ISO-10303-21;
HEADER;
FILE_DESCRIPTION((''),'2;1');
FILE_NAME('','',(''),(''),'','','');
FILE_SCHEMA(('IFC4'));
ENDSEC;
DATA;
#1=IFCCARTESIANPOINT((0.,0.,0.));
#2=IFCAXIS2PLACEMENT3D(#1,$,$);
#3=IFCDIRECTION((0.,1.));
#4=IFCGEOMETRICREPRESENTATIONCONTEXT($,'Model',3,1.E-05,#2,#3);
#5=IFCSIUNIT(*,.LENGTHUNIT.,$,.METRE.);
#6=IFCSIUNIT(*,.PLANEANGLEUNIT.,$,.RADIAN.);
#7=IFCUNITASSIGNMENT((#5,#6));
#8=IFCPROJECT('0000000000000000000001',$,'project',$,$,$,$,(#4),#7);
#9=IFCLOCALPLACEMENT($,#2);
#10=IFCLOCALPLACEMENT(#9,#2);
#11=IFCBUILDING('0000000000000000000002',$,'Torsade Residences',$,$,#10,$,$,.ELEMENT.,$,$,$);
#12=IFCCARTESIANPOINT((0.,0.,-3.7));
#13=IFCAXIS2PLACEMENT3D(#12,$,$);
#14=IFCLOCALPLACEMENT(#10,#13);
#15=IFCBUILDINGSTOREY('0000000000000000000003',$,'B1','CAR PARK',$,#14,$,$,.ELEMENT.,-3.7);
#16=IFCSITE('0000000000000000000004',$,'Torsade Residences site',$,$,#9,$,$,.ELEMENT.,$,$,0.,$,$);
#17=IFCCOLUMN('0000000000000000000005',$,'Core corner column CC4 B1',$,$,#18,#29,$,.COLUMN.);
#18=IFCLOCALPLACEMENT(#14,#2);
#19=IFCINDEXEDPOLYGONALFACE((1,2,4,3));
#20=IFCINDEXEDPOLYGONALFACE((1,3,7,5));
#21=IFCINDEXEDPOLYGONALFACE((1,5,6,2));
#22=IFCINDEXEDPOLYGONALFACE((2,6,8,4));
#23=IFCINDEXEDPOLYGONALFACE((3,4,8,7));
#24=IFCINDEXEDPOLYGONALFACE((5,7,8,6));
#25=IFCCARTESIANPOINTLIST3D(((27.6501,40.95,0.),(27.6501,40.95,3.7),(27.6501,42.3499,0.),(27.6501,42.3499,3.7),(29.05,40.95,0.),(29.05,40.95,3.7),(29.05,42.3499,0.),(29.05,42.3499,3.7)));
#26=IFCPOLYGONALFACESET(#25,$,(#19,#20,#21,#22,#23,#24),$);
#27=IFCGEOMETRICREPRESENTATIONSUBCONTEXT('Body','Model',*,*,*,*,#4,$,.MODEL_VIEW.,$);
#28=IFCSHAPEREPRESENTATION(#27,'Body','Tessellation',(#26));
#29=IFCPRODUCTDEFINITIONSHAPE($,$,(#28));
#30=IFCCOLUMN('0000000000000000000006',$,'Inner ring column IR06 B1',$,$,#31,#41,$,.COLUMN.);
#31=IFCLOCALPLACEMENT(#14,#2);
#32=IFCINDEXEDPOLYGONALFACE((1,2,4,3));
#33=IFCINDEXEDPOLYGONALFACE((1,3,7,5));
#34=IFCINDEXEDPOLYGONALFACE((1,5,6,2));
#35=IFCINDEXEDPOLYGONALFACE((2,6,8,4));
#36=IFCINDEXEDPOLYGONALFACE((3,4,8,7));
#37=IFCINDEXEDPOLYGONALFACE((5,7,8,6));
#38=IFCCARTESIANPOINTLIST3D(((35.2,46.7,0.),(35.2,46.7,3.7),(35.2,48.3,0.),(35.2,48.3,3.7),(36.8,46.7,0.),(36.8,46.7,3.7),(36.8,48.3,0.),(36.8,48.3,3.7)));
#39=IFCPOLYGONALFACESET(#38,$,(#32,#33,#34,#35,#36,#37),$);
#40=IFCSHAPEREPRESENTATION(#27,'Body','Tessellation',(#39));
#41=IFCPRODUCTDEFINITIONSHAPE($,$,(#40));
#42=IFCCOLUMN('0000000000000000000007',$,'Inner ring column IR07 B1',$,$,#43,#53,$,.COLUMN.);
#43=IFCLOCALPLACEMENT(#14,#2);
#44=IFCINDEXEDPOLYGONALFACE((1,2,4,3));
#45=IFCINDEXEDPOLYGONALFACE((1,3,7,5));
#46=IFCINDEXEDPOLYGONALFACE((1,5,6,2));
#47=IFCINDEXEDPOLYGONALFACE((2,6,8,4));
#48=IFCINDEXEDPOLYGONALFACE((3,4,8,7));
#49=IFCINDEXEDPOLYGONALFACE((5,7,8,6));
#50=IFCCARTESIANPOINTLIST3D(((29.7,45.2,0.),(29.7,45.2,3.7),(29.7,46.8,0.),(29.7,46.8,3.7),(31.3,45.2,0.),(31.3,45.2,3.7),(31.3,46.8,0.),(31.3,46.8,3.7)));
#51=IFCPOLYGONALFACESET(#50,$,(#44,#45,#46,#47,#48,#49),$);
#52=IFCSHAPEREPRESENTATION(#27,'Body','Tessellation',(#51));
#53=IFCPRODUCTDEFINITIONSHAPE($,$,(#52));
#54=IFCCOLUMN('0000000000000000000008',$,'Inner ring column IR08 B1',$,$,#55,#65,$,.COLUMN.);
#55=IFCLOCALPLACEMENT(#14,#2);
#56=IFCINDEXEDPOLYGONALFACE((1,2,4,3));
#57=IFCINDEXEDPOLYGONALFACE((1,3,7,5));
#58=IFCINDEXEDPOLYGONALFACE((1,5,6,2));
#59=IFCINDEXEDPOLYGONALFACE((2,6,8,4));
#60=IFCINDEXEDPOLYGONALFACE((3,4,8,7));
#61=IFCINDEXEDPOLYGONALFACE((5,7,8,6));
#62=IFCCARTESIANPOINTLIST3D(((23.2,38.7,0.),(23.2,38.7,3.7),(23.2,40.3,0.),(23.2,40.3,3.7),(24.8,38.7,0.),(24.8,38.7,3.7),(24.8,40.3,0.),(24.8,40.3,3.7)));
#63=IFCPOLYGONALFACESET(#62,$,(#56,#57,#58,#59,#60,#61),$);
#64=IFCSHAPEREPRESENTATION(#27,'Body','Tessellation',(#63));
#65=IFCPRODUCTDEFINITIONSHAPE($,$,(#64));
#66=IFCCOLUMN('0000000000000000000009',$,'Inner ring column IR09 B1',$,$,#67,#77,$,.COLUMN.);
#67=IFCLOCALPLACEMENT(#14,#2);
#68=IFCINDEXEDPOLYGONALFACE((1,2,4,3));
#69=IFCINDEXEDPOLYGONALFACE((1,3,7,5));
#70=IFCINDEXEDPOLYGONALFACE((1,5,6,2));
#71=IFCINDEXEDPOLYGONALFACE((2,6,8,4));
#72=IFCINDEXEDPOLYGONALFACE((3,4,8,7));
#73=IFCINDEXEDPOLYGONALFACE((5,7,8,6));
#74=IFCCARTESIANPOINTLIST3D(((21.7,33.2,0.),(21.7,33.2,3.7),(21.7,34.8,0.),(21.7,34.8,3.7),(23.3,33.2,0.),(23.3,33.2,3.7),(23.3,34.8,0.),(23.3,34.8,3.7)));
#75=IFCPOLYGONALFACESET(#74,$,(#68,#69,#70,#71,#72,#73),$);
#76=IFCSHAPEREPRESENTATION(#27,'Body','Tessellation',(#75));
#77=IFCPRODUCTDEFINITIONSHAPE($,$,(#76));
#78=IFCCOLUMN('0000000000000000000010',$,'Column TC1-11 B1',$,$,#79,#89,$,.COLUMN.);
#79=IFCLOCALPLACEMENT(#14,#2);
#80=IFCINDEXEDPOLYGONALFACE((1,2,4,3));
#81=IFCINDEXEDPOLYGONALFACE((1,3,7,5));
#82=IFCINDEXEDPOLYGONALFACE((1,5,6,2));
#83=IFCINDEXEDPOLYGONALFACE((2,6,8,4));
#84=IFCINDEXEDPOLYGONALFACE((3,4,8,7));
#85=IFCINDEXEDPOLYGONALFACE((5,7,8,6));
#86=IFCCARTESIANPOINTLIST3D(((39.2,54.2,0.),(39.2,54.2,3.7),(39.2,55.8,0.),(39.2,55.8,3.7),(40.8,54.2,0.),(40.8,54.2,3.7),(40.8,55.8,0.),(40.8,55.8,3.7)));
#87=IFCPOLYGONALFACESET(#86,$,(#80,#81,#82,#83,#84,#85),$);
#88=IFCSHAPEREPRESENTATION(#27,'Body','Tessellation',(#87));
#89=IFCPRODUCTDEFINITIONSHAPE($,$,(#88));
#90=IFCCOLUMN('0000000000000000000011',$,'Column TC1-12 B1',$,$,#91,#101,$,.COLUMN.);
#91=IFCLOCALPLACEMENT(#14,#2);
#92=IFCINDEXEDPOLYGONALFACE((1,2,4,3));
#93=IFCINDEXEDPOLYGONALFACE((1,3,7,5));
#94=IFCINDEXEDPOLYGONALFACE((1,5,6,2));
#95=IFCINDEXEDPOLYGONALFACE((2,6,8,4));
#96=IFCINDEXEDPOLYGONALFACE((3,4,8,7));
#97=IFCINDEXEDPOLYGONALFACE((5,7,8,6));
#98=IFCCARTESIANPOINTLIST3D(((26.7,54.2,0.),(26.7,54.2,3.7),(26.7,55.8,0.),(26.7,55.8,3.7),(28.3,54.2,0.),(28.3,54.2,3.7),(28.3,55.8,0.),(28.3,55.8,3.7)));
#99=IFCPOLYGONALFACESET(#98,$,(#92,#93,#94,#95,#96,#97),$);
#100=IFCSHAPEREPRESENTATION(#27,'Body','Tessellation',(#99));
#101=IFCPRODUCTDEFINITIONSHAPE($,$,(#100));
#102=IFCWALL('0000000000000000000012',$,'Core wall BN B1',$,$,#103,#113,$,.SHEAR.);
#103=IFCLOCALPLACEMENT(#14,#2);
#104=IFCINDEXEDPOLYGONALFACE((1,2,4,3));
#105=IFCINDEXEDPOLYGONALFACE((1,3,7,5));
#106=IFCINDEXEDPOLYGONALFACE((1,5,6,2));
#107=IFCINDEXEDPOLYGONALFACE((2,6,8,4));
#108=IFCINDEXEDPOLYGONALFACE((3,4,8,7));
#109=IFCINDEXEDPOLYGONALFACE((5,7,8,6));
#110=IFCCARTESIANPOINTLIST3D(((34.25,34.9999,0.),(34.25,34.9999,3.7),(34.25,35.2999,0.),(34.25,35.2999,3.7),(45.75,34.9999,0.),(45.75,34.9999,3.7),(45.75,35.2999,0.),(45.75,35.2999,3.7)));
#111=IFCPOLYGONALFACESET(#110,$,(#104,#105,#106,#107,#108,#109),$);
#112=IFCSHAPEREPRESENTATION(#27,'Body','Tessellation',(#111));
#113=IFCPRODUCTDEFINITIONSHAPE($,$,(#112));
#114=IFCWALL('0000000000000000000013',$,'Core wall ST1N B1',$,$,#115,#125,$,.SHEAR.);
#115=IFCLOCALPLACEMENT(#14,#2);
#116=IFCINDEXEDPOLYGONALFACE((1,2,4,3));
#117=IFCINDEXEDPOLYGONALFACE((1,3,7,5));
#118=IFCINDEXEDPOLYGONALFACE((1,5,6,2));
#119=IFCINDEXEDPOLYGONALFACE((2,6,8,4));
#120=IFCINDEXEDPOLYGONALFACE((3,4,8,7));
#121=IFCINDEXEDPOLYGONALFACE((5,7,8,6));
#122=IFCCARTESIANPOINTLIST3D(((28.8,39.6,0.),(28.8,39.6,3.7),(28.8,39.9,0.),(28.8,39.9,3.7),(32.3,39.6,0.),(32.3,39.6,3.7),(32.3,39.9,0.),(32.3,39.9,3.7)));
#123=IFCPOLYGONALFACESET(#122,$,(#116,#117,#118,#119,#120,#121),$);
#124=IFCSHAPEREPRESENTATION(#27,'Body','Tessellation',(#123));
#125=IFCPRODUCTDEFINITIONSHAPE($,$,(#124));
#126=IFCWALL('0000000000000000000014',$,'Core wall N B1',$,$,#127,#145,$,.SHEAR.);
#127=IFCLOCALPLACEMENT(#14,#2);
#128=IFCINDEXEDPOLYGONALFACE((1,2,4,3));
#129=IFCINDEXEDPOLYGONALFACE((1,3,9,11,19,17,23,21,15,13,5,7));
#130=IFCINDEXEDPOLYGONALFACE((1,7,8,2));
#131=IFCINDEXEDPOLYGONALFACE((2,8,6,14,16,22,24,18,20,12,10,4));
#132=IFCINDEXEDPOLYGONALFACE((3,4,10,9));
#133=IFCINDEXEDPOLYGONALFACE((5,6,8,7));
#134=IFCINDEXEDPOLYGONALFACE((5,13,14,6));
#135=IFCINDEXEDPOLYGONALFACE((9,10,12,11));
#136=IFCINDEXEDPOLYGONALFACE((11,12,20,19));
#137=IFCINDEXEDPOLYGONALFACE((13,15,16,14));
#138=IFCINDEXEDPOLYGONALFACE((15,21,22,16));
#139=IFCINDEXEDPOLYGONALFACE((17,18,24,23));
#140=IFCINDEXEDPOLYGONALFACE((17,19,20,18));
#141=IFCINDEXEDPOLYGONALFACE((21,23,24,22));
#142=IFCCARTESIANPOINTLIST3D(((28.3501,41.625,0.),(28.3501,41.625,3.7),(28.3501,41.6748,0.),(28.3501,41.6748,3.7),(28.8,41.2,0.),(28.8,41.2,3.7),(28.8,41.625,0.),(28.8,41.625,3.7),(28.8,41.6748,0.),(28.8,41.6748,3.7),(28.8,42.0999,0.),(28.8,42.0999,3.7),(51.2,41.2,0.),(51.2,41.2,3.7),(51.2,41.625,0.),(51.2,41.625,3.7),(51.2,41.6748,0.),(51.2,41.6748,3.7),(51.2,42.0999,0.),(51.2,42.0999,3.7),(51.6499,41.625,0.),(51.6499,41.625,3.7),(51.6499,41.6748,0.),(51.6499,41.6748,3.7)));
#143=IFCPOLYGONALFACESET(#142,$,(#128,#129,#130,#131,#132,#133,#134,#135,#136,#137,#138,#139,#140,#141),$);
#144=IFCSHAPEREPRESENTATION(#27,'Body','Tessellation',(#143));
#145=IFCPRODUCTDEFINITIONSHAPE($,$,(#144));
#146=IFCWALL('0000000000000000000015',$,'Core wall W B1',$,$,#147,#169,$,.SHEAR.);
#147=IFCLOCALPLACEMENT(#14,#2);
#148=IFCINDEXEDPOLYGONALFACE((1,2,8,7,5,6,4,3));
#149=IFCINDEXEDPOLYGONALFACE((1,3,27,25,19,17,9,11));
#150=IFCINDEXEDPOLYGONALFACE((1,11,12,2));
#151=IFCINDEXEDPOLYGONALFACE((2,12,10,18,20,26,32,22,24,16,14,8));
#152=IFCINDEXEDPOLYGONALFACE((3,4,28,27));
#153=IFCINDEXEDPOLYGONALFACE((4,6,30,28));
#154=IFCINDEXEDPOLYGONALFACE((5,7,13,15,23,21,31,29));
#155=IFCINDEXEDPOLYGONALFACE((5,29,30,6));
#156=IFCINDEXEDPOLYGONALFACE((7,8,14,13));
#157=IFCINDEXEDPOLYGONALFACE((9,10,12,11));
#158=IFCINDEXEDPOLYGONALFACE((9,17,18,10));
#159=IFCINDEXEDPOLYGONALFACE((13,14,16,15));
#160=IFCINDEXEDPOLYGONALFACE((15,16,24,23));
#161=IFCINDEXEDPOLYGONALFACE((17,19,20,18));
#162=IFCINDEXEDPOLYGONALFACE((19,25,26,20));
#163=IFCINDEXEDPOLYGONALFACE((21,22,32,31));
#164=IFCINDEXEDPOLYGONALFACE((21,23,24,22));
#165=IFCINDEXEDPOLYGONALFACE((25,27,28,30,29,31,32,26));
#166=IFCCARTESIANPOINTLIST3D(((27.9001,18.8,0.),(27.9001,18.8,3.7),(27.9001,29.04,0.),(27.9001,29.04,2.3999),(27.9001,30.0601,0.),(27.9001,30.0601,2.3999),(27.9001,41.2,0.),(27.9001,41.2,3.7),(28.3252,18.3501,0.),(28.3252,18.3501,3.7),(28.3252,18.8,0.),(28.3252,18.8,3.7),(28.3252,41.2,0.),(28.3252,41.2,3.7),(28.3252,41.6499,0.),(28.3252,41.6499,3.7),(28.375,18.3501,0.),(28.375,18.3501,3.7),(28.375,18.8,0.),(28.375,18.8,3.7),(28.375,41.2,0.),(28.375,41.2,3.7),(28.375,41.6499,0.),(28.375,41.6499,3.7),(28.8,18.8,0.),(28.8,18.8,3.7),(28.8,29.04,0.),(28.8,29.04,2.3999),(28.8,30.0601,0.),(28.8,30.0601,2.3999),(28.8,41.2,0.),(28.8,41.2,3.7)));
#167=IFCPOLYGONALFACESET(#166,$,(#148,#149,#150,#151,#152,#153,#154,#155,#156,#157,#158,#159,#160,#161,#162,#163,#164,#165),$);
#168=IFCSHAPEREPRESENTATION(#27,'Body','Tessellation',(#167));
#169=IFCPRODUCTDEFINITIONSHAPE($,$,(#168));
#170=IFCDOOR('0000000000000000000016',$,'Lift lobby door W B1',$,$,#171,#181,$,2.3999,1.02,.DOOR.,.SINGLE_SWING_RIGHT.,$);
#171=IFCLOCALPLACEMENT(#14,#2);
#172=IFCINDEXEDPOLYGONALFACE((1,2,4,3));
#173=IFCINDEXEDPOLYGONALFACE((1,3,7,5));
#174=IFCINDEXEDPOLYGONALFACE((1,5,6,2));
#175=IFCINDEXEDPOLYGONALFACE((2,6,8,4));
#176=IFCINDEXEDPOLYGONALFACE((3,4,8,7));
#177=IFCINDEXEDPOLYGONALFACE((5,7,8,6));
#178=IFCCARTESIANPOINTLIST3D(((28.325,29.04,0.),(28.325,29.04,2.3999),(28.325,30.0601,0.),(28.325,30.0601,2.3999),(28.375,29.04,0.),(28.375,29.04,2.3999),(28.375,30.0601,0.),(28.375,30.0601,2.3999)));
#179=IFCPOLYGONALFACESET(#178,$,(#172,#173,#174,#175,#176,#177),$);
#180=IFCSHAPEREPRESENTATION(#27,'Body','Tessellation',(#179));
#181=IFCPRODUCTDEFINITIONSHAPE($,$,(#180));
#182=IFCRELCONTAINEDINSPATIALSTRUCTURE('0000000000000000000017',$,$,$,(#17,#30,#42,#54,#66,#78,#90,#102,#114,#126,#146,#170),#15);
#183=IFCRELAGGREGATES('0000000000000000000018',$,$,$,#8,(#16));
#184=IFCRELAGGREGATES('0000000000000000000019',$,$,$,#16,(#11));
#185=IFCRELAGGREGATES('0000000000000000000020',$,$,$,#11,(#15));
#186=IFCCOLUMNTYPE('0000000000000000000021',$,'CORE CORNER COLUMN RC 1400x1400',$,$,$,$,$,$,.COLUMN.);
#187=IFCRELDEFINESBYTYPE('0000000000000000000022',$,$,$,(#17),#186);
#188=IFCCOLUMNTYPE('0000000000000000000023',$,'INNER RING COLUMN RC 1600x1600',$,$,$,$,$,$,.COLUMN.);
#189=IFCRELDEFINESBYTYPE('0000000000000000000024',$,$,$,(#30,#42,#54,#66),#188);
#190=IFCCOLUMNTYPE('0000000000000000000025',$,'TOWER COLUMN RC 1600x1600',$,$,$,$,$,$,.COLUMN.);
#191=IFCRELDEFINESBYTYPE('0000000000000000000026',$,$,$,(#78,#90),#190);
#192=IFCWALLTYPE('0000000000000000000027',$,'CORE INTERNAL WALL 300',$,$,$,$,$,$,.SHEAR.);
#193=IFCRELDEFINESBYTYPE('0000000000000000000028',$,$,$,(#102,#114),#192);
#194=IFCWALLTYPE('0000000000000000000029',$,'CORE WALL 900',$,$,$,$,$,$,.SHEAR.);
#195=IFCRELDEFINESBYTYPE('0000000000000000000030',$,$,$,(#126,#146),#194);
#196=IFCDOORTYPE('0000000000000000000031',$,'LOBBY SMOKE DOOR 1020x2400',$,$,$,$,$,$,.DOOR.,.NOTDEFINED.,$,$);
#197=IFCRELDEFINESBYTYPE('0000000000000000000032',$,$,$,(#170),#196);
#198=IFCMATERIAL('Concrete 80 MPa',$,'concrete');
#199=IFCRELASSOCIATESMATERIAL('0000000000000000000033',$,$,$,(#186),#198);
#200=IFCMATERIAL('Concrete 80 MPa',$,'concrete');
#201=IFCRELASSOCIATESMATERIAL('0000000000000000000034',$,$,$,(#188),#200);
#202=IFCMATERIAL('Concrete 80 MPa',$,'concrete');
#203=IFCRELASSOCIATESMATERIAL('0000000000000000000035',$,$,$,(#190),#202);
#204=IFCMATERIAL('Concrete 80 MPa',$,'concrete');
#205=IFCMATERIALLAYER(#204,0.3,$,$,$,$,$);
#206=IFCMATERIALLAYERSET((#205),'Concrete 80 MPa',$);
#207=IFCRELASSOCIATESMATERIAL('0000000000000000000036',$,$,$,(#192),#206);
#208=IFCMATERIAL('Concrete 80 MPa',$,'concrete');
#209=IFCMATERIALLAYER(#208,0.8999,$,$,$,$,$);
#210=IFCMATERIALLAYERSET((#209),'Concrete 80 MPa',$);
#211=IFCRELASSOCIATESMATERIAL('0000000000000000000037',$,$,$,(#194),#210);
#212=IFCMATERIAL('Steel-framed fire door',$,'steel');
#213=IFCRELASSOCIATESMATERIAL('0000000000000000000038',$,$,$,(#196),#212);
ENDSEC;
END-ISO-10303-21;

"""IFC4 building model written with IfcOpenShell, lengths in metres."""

from ifc_helpers import new_model, si_unit, direction, frame, frame_2d, origin, origin_2d, place, context, subcontext, project, spatial, polyline, rectangle, outline, extrude, material, layer, layer_set, material_profile, profile_set, type_object, element, fill, save


model = new_model("IFC4")

# Units and contexts
model_context = context("Model", 3, precision=1e-05, world=origin(), true_north=direction((0.0, 1.0)))
body_context = subcontext(model_context, "Body", "Model", "MODEL_VIEW")
ifc_project = project(units=[si_unit("LENGTHUNIT", "METRE"), si_unit("PLANEANGLEUNIT", "RADIAN")], contexts=[model_context])

# Site, building, storey
site_placement = place(None, origin())
site = spatial("IfcSite", under=ifc_project, at=site_placement, Name="Torsade Residences site", CompositionType="ELEMENT", RefElevation=0.0)
building_placement = place(site_placement, origin())
building = spatial("IfcBuilding", under=site, at=building_placement, Name="Torsade Residences", CompositionType="ELEMENT")
storey_placement = place(building_placement, frame((0.0, 0.0, -3.7)))
storey = spatial("IfcBuildingStorey", under=building, at=storey_placement, Name="B1", Description="CAR PARK", CompositionType="ELEMENT", Elevation=-3.7)

# Columns
ifc_material_1 = material(Name="Concrete 80 MPa", Category="concrete")
ifc_material_profile_1 = material_profile(ifc_material_1, rectangle(XDim=1.3999, YDim=1.3999, at=origin_2d()), Name="RC 1400x1400")
ifc_profile_set_1 = profile_set([ifc_material_profile_1], Name="Concrete 80 MPa")
column_type_1 = type_object("IfcColumnType", Name="CORE CORNER COLUMN RC 1400x1400", PredefinedType="COLUMN", material=ifc_profile_set_1)
column_placement = place(storey_placement, frame((28.3501, 41.6499, 0.0), z_axis=(0.0, 0.0, 1.0), x_axis=(1.0, 0.0, 0.0)))
element("IfcColumn", 1, at=column_placement, inside=storey, type_object=column_type_1, Name="Core corner column CC4 B1", PredefinedType="COLUMN", context=body_context, shape_type="SweptSolid", body=[
    extrude(rectangle(XDim=1.3999, YDim=1.3999, at=origin_2d()), origin(), (0.0, 0.0, 1.0), 3.7),
])
ifc_material_2 = material(Name="Concrete 80 MPa", Category="concrete")
ifc_material_profile_2 = material_profile(ifc_material_2, rectangle(XDim=1.6001, YDim=1.6001, at=origin_2d()), Name="RC 1600x1600")
ifc_profile_set_2 = profile_set([ifc_material_profile_2], Name="Concrete 80 MPa")
column_type_2 = type_object("IfcColumnType", Name="INNER RING COLUMN RC 1600x1600", PredefinedType="COLUMN", material=ifc_profile_set_2)
for number, where, z_axis, x_axis, name in (
    (2, (36.0, 47.5, 0.0), (0.0, 0.0, 1.0), (1.0, 0.0, 0.0), "Inner ring column IR06 B1"),
    (3, (30.5, 46.0, 0.0), (0.0, 0.0, 1.0), (1.0, 0.0, 0.0), "Inner ring column IR07 B1"),
    (4, (24.0, 39.5, 0.0), (0.0, 0.0, 1.0), (1.0, 0.0, 0.0), "Inner ring column IR08 B1"),
    (5, (22.5, 34.0, 0.0), (0.0, 0.0, 1.0), (1.0, 0.0, 0.0), "Inner ring column IR09 B1"),
):
    element("IfcColumn", number, at=place(storey_placement, frame(where, z_axis=z_axis, x_axis=x_axis)), inside=storey, type_object=column_type_2, Name=name, PredefinedType="COLUMN", context=body_context, shape_type="SweptSolid", body=[
        extrude(rectangle(XDim=1.6001, YDim=1.6001, at=origin_2d()), origin(), (0.0, 0.0, 1.0), 3.7),
    ])
ifc_material_3 = material(Name="Concrete 80 MPa", Category="concrete")
ifc_material_profile_3 = material_profile(ifc_material_3, rectangle(XDim=1.6001, YDim=1.6001, at=origin_2d()), Name="RC 1600x1600")
ifc_profile_set_3 = profile_set([ifc_material_profile_3], Name="Concrete 80 MPa")
column_type_3 = type_object("IfcColumnType", Name="TOWER COLUMN RC 1600x1600", PredefinedType="COLUMN", material=ifc_profile_set_3)
for number, where, z_axis, x_axis, name in (
    (6, (40.0, 55.0, 0.0), (0.0, 0.0, 1.0), (1.0, 0.0, 0.0), "Column TC1-11 B1"),
    (7, (27.5, 55.0, 0.0), (0.0, 0.0, 1.0), (1.0, 0.0, 0.0), "Column TC1-12 B1"),
):
    element("IfcColumn", number, at=place(storey_placement, frame(where, z_axis=z_axis, x_axis=x_axis)), inside=storey, type_object=column_type_3, Name=name, PredefinedType="COLUMN", context=body_context, shape_type="SweptSolid", body=[
        extrude(rectangle(XDim=1.6001, YDim=1.6001, at=origin_2d()), origin(), (0.0, 0.0, 1.0), 3.7),
    ])

# Walls
ifc_material_4 = material(Name="Concrete 80 MPa", Category="concrete")
ifc_layer_1 = layer(ifc_material_4, 0.3)
ifc_layer_set_1 = layer_set([ifc_layer_1], Name="Concrete 80 MPa")
wall_type_1 = type_object("IfcWallType", Name="CORE INTERNAL WALL 300", PredefinedType="SHEAR", material=ifc_layer_set_1)
wall_1_placement = place(storey_placement, frame((34.25, 35.1499, 0.0), z_axis=(0.0, 0.0, 1.0), x_axis=(1.0, 0.0, 0.0)))
element("IfcWall", 8, at=wall_1_placement, inside=storey, type_object=wall_type_1, Name="Core wall BN B1", PredefinedType="SHEAR", context=body_context, shape_type="SweptSolid", body=[
    extrude(rectangle(XDim=11.5, YDim=0.3, at=frame_2d((5.75, 0.0))), origin(), (0.0, 0.0, 1.0), 3.7),
])
wall_2_placement = place(storey_placement, frame((28.8, 39.75, 0.0), z_axis=(0.0, 0.0, 1.0), x_axis=(1.0, 0.0, 0.0)))
element("IfcWall", 9, at=wall_2_placement, inside=storey, type_object=wall_type_1, Name="Core wall ST1N B1", PredefinedType="SHEAR", context=body_context, shape_type="SweptSolid", body=[
    extrude(rectangle(XDim=3.5, YDim=0.3, at=frame_2d((1.75, 0.0))), origin(), (0.0, 0.0, 1.0), 3.7),
])
ifc_material_5 = material(Name="Concrete 80 MPa", Category="concrete")
ifc_layer_2 = layer(ifc_material_5, 0.8999)
ifc_layer_set_2 = layer_set([ifc_layer_2], Name="Concrete 80 MPa")
wall_type_2 = type_object("IfcWallType", Name="CORE WALL 900", PredefinedType="SHEAR", material=ifc_layer_set_2)
wall_3_placement = place(storey_placement, frame((28.8, 41.6499, 0.0), z_axis=(0.0, 0.0, 1.0), x_axis=(1.0, 0.0, 0.0)))
element("IfcWall", 10, at=wall_3_placement, inside=storey, type_object=wall_type_2, Name="Core wall N B1", PredefinedType="SHEAR", context=body_context, shape_type="SweptSolid", body=[
    extrude(outline(polyline([(0.0, -0.45), (22.3999, -0.45), (22.3999, -0.0249), (22.8499, -0.0249), (22.8499, 0.0249), (22.3999, 0.0249), (22.3999, 0.45), (0.0, 0.45), (0.0, 0.0249), (-0.45, 0.0249), (-0.45, -0.0249), (0.0, -0.0249), (0.0, -0.45)])), origin(), (0.0, 0.0, 1.0), 3.7),
])

# Wall, opening, door
wall_4_placement = place(storey_placement, frame((28.3501, 41.2, 0.0), z_axis=(0.0, 0.0, 1.0), x_axis=(0.0, -1.0, 0.0)))
wall_4 = element("IfcWall", 11, at=wall_4_placement, inside=storey, type_object=wall_type_2, Name="Core wall W B1", PredefinedType="SHEAR", context=body_context, shape_type="SweptSolid", body=[
    extrude(outline(polyline([(0.0, -0.45), (22.3999, -0.45), (22.3999, -0.0249), (22.8499, -0.0249), (22.8499, 0.0249), (22.3999, 0.0249), (22.3999, 0.45), (0.0, 0.45), (0.0, 0.0249), (-0.45, 0.0249), (-0.45, -0.0249), (0.0, -0.0249), (0.0, -0.45)])), origin(), (0.0, 0.0, 1.0), 3.7),
])
opening_1_placement = place(wall_4_placement, frame((11.1399, 0.0, 0.0)))
opening_1 = element("IfcOpeningElement", 12, at=opening_1_placement, cuts=wall_4, PredefinedType="OPENING", context=body_context, shape_type="SweptSolid", body=[
    extrude(rectangle(XDim=1.02, YDim=2.3999, at=frame_2d((0.51, 1.2))), frame((0.0, 0.46, 0.0), z_axis=(0.0, -1.0, 0.0), x_axis=(1.0, 0.0, 0.0)), (0.0, 0.0, 1.0), 0.9199),
])
ifc_material_6 = material(Name="Steel-framed fire door", Category="steel")
door_type_1 = type_object("IfcDoorType", Name="LOBBY SMOKE DOOR 1020x2400", OperationType="NOTDEFINED", PredefinedType="DOOR", material=ifc_material_6)
door_1_placement = place(opening_1_placement, origin())
door_1 = element("IfcDoor", 13, at=door_1_placement, inside=storey, type_object=door_type_1, Name="Lift lobby door W B1", OperationType="SINGLE_SWING_RIGHT", OverallHeight=2.3999, OverallWidth=1.02, PredefinedType="DOOR", context=body_context, shape_type="SweptSolid", body=[
    extrude(rectangle(XDim=1.02, YDim=2.3999, at=frame_2d((0.51, 1.2))), frame((0.0, 0.0249, 0.0), z_axis=(0.0, -1.0, 0.0), x_axis=(1.0, 0.0, 0.0)), (0.0, 0.0, 1.0), 0.05),
])
fill(opening_1, door_1)

save(model, "model.ifc")
